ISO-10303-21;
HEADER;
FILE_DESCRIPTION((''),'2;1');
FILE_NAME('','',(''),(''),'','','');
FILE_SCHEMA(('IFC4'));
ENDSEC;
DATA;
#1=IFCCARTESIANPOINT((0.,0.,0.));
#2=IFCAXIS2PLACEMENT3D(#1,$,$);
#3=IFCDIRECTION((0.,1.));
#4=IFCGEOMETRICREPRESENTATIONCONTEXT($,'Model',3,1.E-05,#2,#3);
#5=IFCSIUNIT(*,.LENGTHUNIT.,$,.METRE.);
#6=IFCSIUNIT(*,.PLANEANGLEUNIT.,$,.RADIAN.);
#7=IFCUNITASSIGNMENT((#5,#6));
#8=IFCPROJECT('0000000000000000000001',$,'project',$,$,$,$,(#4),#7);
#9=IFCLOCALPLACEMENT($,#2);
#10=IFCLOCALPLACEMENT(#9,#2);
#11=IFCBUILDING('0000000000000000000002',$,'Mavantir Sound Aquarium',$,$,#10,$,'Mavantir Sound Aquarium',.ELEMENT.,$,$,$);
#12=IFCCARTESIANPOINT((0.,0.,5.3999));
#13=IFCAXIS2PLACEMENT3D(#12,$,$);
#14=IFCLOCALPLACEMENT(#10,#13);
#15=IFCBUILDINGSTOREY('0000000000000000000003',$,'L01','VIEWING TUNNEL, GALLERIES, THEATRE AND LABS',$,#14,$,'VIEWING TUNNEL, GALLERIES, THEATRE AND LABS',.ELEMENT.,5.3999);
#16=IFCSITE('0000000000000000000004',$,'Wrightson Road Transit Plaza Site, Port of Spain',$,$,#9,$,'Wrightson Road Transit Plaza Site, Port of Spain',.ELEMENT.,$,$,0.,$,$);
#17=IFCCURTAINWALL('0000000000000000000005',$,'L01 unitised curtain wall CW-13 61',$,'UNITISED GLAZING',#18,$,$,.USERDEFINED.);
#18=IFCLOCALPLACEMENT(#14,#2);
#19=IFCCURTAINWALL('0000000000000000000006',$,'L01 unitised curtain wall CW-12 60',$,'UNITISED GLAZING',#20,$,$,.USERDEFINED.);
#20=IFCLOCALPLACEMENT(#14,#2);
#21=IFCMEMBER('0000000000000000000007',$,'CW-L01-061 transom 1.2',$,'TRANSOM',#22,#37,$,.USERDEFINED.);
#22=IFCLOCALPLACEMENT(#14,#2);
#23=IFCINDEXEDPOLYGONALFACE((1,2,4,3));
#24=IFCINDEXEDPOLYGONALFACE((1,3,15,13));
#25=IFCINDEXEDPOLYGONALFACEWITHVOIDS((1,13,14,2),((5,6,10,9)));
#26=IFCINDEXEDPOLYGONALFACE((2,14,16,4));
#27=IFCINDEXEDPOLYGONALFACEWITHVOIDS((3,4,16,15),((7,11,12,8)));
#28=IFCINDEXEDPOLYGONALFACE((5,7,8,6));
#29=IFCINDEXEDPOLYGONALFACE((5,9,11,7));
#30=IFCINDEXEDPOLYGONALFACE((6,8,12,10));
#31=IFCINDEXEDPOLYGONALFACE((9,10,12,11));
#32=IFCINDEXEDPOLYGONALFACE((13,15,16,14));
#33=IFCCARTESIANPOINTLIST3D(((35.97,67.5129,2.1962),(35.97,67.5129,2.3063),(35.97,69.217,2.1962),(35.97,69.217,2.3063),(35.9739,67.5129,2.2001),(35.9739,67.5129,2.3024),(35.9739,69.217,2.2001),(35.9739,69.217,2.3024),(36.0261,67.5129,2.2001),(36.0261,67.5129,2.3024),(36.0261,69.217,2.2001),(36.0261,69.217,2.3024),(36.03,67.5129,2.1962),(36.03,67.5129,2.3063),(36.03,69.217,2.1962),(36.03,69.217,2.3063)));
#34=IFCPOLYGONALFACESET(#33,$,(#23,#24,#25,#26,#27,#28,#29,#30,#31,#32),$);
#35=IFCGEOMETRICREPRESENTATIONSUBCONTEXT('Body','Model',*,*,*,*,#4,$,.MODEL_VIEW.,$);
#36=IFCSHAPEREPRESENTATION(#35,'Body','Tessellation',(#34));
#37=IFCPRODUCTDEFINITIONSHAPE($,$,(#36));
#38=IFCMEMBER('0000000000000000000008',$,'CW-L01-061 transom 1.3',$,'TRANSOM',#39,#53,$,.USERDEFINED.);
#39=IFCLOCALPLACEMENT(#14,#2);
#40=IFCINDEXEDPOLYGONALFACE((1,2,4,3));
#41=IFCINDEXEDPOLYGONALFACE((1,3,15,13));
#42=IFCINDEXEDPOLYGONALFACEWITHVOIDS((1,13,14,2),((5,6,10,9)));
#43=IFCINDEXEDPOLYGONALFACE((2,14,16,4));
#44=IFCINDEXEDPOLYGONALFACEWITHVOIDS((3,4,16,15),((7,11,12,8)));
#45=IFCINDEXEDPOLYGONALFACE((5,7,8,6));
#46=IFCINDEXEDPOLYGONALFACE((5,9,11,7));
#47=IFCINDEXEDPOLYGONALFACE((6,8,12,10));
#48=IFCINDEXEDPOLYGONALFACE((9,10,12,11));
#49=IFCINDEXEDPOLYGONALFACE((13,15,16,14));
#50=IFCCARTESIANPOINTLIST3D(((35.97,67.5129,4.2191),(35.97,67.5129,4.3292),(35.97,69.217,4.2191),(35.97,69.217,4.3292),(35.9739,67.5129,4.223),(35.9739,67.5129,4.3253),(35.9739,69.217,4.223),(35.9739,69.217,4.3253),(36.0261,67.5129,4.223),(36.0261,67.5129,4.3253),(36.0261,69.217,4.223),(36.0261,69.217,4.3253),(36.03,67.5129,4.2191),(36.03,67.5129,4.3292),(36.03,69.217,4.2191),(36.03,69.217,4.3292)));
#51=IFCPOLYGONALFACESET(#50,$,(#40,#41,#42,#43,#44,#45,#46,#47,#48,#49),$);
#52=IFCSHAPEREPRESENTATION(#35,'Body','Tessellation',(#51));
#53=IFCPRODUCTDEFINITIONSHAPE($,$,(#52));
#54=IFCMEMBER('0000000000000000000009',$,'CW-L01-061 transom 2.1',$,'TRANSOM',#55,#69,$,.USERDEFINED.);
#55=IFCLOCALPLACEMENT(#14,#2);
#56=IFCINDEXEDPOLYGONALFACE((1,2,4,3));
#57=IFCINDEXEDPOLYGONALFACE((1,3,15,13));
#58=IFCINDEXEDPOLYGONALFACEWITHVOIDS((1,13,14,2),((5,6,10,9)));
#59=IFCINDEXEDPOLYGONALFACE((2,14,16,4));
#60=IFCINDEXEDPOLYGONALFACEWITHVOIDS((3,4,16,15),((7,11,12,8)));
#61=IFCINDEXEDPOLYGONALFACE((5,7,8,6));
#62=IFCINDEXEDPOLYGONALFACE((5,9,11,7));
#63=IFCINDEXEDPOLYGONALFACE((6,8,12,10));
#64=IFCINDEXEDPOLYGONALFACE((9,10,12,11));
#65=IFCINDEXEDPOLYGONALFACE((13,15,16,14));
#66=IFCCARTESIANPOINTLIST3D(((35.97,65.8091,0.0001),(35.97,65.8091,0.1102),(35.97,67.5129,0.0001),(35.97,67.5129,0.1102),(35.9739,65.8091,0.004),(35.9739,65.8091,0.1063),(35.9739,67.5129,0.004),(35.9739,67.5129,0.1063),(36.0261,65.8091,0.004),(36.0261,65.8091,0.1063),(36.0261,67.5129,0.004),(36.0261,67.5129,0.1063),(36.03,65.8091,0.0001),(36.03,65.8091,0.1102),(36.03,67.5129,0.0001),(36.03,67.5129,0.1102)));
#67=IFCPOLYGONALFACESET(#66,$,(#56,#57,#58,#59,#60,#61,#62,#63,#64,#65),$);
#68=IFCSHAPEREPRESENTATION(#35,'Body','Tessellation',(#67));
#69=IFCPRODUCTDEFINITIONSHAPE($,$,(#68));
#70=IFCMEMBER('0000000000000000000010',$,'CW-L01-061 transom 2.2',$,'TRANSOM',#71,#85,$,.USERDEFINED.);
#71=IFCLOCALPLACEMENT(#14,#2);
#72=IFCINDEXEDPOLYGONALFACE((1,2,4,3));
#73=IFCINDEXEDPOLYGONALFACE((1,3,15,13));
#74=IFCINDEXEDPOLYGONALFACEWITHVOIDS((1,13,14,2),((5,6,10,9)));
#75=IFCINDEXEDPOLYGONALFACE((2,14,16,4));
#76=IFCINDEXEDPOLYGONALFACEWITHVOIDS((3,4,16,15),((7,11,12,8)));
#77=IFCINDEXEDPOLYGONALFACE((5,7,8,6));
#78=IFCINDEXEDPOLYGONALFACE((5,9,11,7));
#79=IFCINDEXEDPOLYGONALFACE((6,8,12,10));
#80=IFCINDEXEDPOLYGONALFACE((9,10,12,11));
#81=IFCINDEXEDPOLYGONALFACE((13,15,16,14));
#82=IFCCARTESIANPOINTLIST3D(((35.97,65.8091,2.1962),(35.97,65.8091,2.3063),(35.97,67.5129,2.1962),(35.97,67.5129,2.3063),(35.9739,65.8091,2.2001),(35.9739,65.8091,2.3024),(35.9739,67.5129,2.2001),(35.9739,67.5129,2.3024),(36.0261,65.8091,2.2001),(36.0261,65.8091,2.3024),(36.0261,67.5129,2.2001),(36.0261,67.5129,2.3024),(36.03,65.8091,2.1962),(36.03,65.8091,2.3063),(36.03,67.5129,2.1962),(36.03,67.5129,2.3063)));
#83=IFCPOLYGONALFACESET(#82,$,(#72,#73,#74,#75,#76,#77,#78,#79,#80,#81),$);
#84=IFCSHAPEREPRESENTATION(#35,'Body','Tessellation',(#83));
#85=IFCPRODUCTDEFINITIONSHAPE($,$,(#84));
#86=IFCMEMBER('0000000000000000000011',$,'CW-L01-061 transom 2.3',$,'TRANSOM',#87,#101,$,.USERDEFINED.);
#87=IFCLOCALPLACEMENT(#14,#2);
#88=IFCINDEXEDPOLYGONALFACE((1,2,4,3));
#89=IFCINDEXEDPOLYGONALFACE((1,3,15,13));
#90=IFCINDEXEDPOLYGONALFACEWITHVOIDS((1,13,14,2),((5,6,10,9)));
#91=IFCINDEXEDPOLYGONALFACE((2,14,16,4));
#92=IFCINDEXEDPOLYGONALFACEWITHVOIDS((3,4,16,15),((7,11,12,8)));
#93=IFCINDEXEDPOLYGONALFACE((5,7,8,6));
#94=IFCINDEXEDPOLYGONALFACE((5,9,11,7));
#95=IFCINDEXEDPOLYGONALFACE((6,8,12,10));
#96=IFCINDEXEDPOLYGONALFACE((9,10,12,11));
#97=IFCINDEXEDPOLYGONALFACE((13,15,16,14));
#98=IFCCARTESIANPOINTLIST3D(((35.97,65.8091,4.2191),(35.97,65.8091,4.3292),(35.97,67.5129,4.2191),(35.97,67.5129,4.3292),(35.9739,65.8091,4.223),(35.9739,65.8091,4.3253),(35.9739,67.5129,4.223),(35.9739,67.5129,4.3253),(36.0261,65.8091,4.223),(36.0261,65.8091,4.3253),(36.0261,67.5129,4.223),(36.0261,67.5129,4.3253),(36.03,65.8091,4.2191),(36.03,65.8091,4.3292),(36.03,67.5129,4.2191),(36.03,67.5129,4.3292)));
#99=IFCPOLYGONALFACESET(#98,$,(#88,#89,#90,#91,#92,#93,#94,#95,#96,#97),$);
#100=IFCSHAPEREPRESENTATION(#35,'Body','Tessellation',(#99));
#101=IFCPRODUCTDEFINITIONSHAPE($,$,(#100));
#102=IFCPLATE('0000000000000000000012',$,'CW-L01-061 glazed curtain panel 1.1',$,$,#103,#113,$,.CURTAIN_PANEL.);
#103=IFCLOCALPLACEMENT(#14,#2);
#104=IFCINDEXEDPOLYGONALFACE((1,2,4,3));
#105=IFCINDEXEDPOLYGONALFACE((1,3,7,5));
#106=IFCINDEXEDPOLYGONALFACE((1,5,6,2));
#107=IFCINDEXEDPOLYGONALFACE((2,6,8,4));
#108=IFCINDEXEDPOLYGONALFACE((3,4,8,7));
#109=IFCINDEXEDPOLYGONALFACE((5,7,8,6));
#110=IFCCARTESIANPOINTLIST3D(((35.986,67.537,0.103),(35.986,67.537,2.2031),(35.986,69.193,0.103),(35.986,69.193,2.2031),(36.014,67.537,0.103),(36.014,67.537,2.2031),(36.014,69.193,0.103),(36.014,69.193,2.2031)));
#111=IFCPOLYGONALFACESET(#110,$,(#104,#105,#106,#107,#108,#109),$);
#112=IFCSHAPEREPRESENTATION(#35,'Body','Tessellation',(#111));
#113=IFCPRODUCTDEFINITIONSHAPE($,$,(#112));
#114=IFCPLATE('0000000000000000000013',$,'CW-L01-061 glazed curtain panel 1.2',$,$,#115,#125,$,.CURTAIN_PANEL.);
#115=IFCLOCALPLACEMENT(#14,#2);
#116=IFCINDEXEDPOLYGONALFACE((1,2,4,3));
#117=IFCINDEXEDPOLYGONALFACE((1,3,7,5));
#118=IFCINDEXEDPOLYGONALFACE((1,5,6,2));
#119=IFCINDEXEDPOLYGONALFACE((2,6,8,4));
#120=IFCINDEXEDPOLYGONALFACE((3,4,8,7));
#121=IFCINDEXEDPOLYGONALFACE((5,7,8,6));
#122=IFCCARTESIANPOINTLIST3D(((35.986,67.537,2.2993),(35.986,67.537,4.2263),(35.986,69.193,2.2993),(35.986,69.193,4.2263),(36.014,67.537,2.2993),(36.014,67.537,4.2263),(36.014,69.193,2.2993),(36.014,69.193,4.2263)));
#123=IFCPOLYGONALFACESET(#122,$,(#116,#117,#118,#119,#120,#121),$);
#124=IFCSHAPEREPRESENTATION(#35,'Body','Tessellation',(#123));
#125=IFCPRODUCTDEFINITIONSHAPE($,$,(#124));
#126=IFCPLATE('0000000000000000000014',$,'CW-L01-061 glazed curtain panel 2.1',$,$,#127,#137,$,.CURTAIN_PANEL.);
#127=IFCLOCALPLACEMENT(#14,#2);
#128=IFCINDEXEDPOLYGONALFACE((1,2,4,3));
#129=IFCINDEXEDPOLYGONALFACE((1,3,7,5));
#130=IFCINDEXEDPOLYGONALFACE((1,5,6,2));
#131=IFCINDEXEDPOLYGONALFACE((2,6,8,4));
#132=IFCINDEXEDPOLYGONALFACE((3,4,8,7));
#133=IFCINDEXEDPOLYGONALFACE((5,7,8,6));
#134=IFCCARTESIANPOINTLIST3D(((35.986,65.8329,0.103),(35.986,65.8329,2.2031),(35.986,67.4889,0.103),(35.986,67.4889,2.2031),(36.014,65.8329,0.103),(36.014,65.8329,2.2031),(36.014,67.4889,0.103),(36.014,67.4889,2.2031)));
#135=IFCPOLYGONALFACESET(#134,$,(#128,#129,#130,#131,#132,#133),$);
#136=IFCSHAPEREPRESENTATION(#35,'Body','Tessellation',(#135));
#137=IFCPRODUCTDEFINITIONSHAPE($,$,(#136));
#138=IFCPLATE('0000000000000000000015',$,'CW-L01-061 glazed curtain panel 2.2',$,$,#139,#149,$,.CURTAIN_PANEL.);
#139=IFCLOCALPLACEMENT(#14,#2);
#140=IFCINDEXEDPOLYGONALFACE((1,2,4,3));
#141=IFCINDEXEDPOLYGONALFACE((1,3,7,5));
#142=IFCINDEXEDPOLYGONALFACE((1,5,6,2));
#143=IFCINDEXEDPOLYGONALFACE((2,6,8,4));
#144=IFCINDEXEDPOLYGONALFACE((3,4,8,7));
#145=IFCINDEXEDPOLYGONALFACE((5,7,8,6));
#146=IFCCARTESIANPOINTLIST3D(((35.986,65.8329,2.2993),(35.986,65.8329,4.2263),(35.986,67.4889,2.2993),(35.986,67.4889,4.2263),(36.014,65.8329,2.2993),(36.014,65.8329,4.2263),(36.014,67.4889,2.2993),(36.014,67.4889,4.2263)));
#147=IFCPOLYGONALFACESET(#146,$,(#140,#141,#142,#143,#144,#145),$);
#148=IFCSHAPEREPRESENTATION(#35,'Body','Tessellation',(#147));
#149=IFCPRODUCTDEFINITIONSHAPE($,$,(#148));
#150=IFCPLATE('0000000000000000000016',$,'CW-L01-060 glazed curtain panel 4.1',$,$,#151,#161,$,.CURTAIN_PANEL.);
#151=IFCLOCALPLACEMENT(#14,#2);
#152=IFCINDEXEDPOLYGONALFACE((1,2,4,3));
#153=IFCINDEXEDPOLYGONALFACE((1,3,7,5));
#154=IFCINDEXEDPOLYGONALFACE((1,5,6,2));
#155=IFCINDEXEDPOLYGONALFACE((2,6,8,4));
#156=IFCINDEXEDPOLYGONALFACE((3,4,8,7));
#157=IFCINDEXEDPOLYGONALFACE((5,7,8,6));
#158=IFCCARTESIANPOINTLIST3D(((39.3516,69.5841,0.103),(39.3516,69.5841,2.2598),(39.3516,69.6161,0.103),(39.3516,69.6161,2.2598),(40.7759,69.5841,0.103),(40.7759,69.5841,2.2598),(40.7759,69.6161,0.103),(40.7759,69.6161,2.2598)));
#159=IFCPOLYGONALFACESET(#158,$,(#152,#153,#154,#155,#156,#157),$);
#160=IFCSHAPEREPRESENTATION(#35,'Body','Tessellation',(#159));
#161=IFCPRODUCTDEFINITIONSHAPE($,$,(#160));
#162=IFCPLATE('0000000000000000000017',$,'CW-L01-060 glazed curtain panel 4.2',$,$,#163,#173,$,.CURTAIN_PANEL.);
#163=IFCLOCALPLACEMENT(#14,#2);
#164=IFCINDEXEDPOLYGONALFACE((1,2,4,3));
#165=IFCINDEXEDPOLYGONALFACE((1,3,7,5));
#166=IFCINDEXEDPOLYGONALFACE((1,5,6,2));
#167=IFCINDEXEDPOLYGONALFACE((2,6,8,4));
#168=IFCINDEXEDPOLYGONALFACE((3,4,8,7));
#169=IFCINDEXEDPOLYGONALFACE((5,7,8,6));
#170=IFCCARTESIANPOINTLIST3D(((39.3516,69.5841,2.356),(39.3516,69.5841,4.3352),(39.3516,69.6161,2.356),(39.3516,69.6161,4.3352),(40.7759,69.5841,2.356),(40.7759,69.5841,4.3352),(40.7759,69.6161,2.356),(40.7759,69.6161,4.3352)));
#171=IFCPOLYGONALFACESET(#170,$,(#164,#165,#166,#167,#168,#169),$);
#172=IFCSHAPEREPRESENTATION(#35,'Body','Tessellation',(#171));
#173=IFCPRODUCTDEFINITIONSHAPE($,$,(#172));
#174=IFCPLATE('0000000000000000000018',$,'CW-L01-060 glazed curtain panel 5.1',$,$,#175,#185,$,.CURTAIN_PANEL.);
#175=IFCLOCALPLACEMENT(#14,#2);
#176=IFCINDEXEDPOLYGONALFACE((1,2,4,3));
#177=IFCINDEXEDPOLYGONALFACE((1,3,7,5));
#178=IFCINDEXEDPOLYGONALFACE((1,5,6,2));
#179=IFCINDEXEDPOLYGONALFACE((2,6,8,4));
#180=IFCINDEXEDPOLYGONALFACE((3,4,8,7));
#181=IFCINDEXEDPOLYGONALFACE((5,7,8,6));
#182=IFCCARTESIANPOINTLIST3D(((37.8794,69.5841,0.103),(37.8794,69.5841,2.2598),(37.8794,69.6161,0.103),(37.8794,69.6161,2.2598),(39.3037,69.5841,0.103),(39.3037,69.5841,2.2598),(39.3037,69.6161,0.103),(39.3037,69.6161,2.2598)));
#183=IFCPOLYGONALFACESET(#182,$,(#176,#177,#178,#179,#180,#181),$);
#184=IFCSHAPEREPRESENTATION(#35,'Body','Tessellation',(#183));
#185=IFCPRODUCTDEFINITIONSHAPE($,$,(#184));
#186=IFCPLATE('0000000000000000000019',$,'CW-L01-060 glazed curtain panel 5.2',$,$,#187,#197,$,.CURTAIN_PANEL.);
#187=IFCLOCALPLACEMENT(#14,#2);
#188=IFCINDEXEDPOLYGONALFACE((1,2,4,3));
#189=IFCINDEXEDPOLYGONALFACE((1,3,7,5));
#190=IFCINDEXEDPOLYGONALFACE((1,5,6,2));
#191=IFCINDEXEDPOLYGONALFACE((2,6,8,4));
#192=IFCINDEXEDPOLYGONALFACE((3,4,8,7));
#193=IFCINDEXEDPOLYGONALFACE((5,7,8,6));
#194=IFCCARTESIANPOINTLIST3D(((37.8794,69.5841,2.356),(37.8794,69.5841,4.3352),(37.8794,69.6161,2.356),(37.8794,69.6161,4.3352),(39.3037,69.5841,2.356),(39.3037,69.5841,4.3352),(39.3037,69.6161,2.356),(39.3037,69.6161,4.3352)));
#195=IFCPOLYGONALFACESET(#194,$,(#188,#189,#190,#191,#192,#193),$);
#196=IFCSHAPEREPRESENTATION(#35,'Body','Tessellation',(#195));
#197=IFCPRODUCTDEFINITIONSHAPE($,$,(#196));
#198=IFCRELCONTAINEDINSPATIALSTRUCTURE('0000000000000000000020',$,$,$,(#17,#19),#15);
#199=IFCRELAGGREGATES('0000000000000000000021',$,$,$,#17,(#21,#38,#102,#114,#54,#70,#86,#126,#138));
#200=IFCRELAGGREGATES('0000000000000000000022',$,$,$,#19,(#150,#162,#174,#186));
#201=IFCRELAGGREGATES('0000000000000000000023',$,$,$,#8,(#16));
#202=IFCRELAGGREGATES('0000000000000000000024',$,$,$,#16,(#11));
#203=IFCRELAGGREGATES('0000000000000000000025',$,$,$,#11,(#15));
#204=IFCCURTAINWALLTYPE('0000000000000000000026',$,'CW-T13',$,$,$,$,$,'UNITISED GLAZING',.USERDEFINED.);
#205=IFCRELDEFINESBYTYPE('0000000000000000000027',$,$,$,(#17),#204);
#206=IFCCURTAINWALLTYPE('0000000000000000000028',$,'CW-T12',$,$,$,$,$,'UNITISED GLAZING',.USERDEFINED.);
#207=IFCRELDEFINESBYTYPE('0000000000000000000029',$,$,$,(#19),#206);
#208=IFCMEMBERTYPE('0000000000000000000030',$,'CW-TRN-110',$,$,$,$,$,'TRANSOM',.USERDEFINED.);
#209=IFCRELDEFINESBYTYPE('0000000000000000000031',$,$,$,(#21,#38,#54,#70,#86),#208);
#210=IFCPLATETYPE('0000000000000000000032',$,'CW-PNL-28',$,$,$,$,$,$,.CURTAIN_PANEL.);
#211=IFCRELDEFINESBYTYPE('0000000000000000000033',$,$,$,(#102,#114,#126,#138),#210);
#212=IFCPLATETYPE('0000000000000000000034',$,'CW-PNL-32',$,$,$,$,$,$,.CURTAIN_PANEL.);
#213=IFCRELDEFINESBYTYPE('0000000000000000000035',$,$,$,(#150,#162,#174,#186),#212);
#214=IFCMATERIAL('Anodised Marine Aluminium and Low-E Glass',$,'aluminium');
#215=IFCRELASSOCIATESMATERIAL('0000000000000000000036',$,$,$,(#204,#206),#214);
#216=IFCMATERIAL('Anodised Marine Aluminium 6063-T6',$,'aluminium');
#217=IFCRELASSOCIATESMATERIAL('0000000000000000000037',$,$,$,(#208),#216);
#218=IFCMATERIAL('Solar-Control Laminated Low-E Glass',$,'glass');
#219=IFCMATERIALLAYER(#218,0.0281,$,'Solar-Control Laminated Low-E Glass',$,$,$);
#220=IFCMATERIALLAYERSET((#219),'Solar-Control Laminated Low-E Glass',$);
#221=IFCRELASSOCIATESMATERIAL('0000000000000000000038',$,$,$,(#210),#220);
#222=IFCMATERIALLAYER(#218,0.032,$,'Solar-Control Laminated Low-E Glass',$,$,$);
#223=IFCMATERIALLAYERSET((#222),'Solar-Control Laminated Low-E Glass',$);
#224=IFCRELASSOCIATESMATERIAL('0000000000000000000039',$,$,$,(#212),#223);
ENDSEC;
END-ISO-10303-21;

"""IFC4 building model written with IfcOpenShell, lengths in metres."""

from ifc_helpers import new_model, si_unit, direction, frame, origin, origin_2d, place, context, subcontext, project, spatial, rectangle, hollow_rectangle, extrude, material, layer, layer_set, material_profile, profile_set, type_object, element, aggregate, save


model = new_model("IFC4")

# Units and contexts
model_context = context("Model", 3, precision=1e-05, world=origin(), true_north=direction((0.0, 1.0)))
body_context = subcontext(model_context, "Body", "Model", "MODEL_VIEW")
ifc_project = project(units=[si_unit("LENGTHUNIT", "METRE"), si_unit("PLANEANGLEUNIT", "RADIAN")], contexts=[model_context])

# Site, building, storey
site_placement = place(None, origin())
site = spatial("IfcSite", under=ifc_project, at=site_placement, Name="Wrightson Road Transit Plaza Site, Port of Spain", LongName="Wrightson Road Transit Plaza Site, Port of Spain", CompositionType="ELEMENT", RefElevation=0.0)
building_placement = place(site_placement, origin())
building = spatial("IfcBuilding", under=site, at=building_placement, Name="Mavantir Sound Aquarium", LongName="Mavantir Sound Aquarium", CompositionType="ELEMENT")
storey_placement = place(building_placement, frame((0.0, 0.0, 5.3999)))
storey = spatial("IfcBuildingStorey", under=building, at=storey_placement, Name="L01", Description="VIEWING TUNNEL, GALLERIES, THEATRE AND LABS", LongName="VIEWING TUNNEL, GALLERIES, THEATRE AND LABS", CompositionType="ELEMENT", Elevation=5.3999)

# Curtain walls
ifc_material_1 = material(Name="Anodised Marine Aluminium and Low-E Glass", Category="aluminium")
curtain_wall_type_1 = type_object("IfcCurtainWallType", Name="CW-T13", ElementType="UNITISED GLAZING", PredefinedType="USERDEFINED", material=ifc_material_1)
curtain_wall_1_placement = place(storey_placement, origin())
curtain_wall_1 = element("IfcCurtainWall", 1, at=curtain_wall_1_placement, inside=storey, type_object=curtain_wall_type_1, Name="L01 unitised curtain wall CW-13 61", ObjectType="UNITISED GLAZING", PredefinedType="USERDEFINED")
ifc_material_2 = material(Name="Anodised Marine Aluminium 6063-T6", Category="aluminium")
curtain_wall_type_2 = type_object("IfcCurtainWallType", Name="CW-T12", ElementType="UNITISED GLAZING", PredefinedType="USERDEFINED", material=ifc_material_1)
curtain_wall_2_placement = place(storey_placement, origin())
curtain_wall_2 = element("IfcCurtainWall", 2, at=curtain_wall_2_placement, inside=storey, type_object=curtain_wall_type_2, Name="L01 unitised curtain wall CW-12 60", ObjectType="UNITISED GLAZING", PredefinedType="USERDEFINED")
ifc_material_profile_1 = material_profile(ifc_material_2, hollow_rectangle(XDim=0.0601, YDim=0.1101, WallThickness=0.0039, at=origin_2d()), Name="ALU-TRANSOM-110X60")
ifc_profile_set_1 = profile_set([ifc_material_profile_1], Name="Anodised Marine Aluminium 6063-T6")
member_type_1 = type_object("IfcMemberType", Name="CW-TRN-110", ElementType="TRANSOM", PredefinedType="USERDEFINED", material=ifc_profile_set_1)

# Members
member_1_placement = place(storey_placement, frame((36.0, 69.217, 2.2512), z_axis=(0.0, -1.0, 0.0), x_axis=(1.0, 0.0, 0.0)))
member_1 = element("IfcMember", 3, at=member_1_placement, type_object=member_type_1, Name="CW-L01-061 transom 1.2", ObjectType="TRANSOM", PredefinedType="USERDEFINED", context=body_context, shape_type="SweptSolid", body=[
    extrude(hollow_rectangle(XDim=0.0601, YDim=0.1101, WallThickness=0.0039, at=origin_2d()), origin(), (0.0, 0.0, 1.0), 1.7041),
])
member_2_placement = place(storey_placement, frame((36.0, 69.217, 4.2742), z_axis=(0.0, -1.0, 0.0), x_axis=(1.0, 0.0, 0.0)))
member_2 = element("IfcMember", 4, at=member_2_placement, type_object=member_type_1, Name="CW-L01-061 transom 1.3", ObjectType="TRANSOM", PredefinedType="USERDEFINED", context=body_context, shape_type="SweptSolid", body=[
    extrude(hollow_rectangle(XDim=0.0601, YDim=0.1101, WallThickness=0.0039, at=origin_2d()), origin(), (0.0, 0.0, 1.0), 1.7041),
])
member_3_placement = place(storey_placement, frame((36.0, 67.5129, 0.0552), z_axis=(0.0, -1.0, 0.0), x_axis=(1.0, 0.0, 0.0)))
member_3 = element("IfcMember", 5, at=member_3_placement, type_object=member_type_1, Name="CW-L01-061 transom 2.1", ObjectType="TRANSOM", PredefinedType="USERDEFINED", context=body_context, shape_type="SweptSolid", body=[
    extrude(hollow_rectangle(XDim=0.0601, YDim=0.1101, WallThickness=0.0039, at=origin_2d()), origin(), (0.0, 0.0, 1.0), 1.7039),
])
member_4_placement = place(storey_placement, frame((36.0, 67.5129, 2.2512), z_axis=(0.0, -1.0, 0.0), x_axis=(1.0, 0.0, 0.0)))
member_4 = element("IfcMember", 6, at=member_4_placement, type_object=member_type_1, Name="CW-L01-061 transom 2.2", ObjectType="TRANSOM", PredefinedType="USERDEFINED", context=body_context, shape_type="SweptSolid", body=[
    extrude(hollow_rectangle(XDim=0.0601, YDim=0.1101, WallThickness=0.0039, at=origin_2d()), origin(), (0.0, 0.0, 1.0), 1.7039),
])
member_5_placement = place(storey_placement, frame((36.0, 67.5129, 4.2742), z_axis=(0.0, -1.0, 0.0), x_axis=(1.0, 0.0, 0.0)))
member_5 = element("IfcMember", 7, at=member_5_placement, type_object=member_type_1, Name="CW-L01-061 transom 2.3", ObjectType="TRANSOM", PredefinedType="USERDEFINED", context=body_context, shape_type="SweptSolid", body=[
    extrude(hollow_rectangle(XDim=0.0601, YDim=0.1101, WallThickness=0.0039, at=origin_2d()), origin(), (0.0, 0.0, 1.0), 1.7039),
])

# Plates
ifc_material_3 = material(Name="Solar-Control Laminated Low-E Glass", Category="glass")
ifc_layer_1 = layer(ifc_material_3, 0.0281, Name="Solar-Control Laminated Low-E Glass")
ifc_layer_set_1 = layer_set([ifc_layer_1], Name="Solar-Control Laminated Low-E Glass")
plate_type_1 = type_object("IfcPlateType", Name="CW-PNL-28", PredefinedType="CURTAIN_PANEL", material=ifc_layer_set_1)
plate_1_placement = place(storey_placement, frame((36.0, 68.365, 0.103), z_axis=(0.0, 0.0, 1.0), x_axis=(0.0, -1.0, 0.0)))
plate_1 = element("IfcPlate", 8, at=plate_1_placement, type_object=plate_type_1, Name="CW-L01-061 glazed curtain panel 1.1", PredefinedType="CURTAIN_PANEL", context=body_context, shape_type="SweptSolid", body=[
    extrude(rectangle(XDim=1.656, YDim=0.0281, at=origin_2d()), origin(), (0.0, 0.0, 1.0), 2.1001),
])
plate_2_placement = place(storey_placement, frame((36.0, 68.365, 2.2993), z_axis=(0.0, 0.0, 1.0), x_axis=(0.0, -1.0, 0.0)))
plate_2 = element("IfcPlate", 9, at=plate_2_placement, type_object=plate_type_1, Name="CW-L01-061 glazed curtain panel 1.2", PredefinedType="CURTAIN_PANEL", context=body_context, shape_type="SweptSolid", body=[
    extrude(rectangle(XDim=1.656, YDim=0.0281, at=origin_2d()), origin(), (0.0, 0.0, 1.0), 1.927),
])
plate_3_placement = place(storey_placement, frame((36.0, 66.6609, 0.103), z_axis=(0.0, 0.0, 1.0), x_axis=(0.0, -1.0, 0.0)))
plate_3 = element("IfcPlate", 10, at=plate_3_placement, type_object=plate_type_1, Name="CW-L01-061 glazed curtain panel 2.1", PredefinedType="CURTAIN_PANEL", context=body_context, shape_type="SweptSolid", body=[
    extrude(rectangle(XDim=1.656, YDim=0.0281, at=origin_2d()), origin(), (0.0, 0.0, 1.0), 2.1001),
])
plate_4_placement = place(storey_placement, frame((36.0, 66.6609, 2.2993), z_axis=(0.0, 0.0, 1.0), x_axis=(0.0, -1.0, 0.0)))
plate_4 = element("IfcPlate", 11, at=plate_4_placement, type_object=plate_type_1, Name="CW-L01-061 glazed curtain panel 2.2", PredefinedType="CURTAIN_PANEL", context=body_context, shape_type="SweptSolid", body=[
    extrude(rectangle(XDim=1.656, YDim=0.0281, at=origin_2d()), origin(), (0.0, 0.0, 1.0), 1.927),
])
aggregate(curtain_wall_1, [member_1, member_2, plate_1, plate_2, member_3, member_4, member_5, plate_3, plate_4])
ifc_layer_2 = layer(ifc_material_3, 0.032, Name="Solar-Control Laminated Low-E Glass")
ifc_layer_set_2 = layer_set([ifc_layer_2], Name="Solar-Control Laminated Low-E Glass")
plate_type_2 = type_object("IfcPlateType", Name="CW-PNL-32", PredefinedType="CURTAIN_PANEL", material=ifc_layer_set_2)
plate_5_placement = place(storey_placement, frame((40.0637, 69.6001, 0.103), z_axis=(0.0, 0.0, 1.0), x_axis=(-1.0, 0.0, 0.0)))
plate_5 = element("IfcPlate", 12, at=plate_5_placement, type_object=plate_type_2, Name="CW-L01-060 glazed curtain panel 4.1", PredefinedType="CURTAIN_PANEL", context=body_context, shape_type="SweptSolid", body=[
    extrude(rectangle(XDim=1.4243, YDim=0.032, at=origin_2d()), origin(), (0.0, 0.0, 1.0), 2.1567),
])
plate_6_placement = place(storey_placement, frame((40.0637, 69.6001, 2.356), z_axis=(0.0, 0.0, 1.0), x_axis=(-1.0, 0.0, 0.0)))
plate_6 = element("IfcPlate", 13, at=plate_6_placement, type_object=plate_type_2, Name="CW-L01-060 glazed curtain panel 4.2", PredefinedType="CURTAIN_PANEL", context=body_context, shape_type="SweptSolid", body=[
    extrude(rectangle(XDim=1.4243, YDim=0.032, at=origin_2d()), origin(), (0.0, 0.0, 1.0), 1.9792),
])
plate_7_placement = place(storey_placement, frame((38.5916, 69.6001, 0.103), z_axis=(0.0, 0.0, 1.0), x_axis=(-1.0, 0.0, 0.0)))
plate_7 = element("IfcPlate", 14, at=plate_7_placement, type_object=plate_type_2, Name="CW-L01-060 glazed curtain panel 5.1", PredefinedType="CURTAIN_PANEL", context=body_context, shape_type="SweptSolid", body=[
    extrude(rectangle(XDim=1.4243, YDim=0.032, at=origin_2d()), origin(), (0.0, 0.0, 1.0), 2.1567),
])
plate_8_placement = place(storey_placement, frame((38.5916, 69.6001, 2.356), z_axis=(0.0, 0.0, 1.0), x_axis=(-1.0, 0.0, 0.0)))
plate_8 = element("IfcPlate", 15, at=plate_8_placement, type_object=plate_type_2, Name="CW-L01-060 glazed curtain panel 5.2", PredefinedType="CURTAIN_PANEL", context=body_context, shape_type="SweptSolid", body=[
    extrude(rectangle(XDim=1.4243, YDim=0.032, at=origin_2d()), origin(), (0.0, 0.0, 1.0), 1.9792),
])
aggregate(curtain_wall_2, [plate_5, plate_6, plate_7, plate_8])

save(model, "model.ifc")
